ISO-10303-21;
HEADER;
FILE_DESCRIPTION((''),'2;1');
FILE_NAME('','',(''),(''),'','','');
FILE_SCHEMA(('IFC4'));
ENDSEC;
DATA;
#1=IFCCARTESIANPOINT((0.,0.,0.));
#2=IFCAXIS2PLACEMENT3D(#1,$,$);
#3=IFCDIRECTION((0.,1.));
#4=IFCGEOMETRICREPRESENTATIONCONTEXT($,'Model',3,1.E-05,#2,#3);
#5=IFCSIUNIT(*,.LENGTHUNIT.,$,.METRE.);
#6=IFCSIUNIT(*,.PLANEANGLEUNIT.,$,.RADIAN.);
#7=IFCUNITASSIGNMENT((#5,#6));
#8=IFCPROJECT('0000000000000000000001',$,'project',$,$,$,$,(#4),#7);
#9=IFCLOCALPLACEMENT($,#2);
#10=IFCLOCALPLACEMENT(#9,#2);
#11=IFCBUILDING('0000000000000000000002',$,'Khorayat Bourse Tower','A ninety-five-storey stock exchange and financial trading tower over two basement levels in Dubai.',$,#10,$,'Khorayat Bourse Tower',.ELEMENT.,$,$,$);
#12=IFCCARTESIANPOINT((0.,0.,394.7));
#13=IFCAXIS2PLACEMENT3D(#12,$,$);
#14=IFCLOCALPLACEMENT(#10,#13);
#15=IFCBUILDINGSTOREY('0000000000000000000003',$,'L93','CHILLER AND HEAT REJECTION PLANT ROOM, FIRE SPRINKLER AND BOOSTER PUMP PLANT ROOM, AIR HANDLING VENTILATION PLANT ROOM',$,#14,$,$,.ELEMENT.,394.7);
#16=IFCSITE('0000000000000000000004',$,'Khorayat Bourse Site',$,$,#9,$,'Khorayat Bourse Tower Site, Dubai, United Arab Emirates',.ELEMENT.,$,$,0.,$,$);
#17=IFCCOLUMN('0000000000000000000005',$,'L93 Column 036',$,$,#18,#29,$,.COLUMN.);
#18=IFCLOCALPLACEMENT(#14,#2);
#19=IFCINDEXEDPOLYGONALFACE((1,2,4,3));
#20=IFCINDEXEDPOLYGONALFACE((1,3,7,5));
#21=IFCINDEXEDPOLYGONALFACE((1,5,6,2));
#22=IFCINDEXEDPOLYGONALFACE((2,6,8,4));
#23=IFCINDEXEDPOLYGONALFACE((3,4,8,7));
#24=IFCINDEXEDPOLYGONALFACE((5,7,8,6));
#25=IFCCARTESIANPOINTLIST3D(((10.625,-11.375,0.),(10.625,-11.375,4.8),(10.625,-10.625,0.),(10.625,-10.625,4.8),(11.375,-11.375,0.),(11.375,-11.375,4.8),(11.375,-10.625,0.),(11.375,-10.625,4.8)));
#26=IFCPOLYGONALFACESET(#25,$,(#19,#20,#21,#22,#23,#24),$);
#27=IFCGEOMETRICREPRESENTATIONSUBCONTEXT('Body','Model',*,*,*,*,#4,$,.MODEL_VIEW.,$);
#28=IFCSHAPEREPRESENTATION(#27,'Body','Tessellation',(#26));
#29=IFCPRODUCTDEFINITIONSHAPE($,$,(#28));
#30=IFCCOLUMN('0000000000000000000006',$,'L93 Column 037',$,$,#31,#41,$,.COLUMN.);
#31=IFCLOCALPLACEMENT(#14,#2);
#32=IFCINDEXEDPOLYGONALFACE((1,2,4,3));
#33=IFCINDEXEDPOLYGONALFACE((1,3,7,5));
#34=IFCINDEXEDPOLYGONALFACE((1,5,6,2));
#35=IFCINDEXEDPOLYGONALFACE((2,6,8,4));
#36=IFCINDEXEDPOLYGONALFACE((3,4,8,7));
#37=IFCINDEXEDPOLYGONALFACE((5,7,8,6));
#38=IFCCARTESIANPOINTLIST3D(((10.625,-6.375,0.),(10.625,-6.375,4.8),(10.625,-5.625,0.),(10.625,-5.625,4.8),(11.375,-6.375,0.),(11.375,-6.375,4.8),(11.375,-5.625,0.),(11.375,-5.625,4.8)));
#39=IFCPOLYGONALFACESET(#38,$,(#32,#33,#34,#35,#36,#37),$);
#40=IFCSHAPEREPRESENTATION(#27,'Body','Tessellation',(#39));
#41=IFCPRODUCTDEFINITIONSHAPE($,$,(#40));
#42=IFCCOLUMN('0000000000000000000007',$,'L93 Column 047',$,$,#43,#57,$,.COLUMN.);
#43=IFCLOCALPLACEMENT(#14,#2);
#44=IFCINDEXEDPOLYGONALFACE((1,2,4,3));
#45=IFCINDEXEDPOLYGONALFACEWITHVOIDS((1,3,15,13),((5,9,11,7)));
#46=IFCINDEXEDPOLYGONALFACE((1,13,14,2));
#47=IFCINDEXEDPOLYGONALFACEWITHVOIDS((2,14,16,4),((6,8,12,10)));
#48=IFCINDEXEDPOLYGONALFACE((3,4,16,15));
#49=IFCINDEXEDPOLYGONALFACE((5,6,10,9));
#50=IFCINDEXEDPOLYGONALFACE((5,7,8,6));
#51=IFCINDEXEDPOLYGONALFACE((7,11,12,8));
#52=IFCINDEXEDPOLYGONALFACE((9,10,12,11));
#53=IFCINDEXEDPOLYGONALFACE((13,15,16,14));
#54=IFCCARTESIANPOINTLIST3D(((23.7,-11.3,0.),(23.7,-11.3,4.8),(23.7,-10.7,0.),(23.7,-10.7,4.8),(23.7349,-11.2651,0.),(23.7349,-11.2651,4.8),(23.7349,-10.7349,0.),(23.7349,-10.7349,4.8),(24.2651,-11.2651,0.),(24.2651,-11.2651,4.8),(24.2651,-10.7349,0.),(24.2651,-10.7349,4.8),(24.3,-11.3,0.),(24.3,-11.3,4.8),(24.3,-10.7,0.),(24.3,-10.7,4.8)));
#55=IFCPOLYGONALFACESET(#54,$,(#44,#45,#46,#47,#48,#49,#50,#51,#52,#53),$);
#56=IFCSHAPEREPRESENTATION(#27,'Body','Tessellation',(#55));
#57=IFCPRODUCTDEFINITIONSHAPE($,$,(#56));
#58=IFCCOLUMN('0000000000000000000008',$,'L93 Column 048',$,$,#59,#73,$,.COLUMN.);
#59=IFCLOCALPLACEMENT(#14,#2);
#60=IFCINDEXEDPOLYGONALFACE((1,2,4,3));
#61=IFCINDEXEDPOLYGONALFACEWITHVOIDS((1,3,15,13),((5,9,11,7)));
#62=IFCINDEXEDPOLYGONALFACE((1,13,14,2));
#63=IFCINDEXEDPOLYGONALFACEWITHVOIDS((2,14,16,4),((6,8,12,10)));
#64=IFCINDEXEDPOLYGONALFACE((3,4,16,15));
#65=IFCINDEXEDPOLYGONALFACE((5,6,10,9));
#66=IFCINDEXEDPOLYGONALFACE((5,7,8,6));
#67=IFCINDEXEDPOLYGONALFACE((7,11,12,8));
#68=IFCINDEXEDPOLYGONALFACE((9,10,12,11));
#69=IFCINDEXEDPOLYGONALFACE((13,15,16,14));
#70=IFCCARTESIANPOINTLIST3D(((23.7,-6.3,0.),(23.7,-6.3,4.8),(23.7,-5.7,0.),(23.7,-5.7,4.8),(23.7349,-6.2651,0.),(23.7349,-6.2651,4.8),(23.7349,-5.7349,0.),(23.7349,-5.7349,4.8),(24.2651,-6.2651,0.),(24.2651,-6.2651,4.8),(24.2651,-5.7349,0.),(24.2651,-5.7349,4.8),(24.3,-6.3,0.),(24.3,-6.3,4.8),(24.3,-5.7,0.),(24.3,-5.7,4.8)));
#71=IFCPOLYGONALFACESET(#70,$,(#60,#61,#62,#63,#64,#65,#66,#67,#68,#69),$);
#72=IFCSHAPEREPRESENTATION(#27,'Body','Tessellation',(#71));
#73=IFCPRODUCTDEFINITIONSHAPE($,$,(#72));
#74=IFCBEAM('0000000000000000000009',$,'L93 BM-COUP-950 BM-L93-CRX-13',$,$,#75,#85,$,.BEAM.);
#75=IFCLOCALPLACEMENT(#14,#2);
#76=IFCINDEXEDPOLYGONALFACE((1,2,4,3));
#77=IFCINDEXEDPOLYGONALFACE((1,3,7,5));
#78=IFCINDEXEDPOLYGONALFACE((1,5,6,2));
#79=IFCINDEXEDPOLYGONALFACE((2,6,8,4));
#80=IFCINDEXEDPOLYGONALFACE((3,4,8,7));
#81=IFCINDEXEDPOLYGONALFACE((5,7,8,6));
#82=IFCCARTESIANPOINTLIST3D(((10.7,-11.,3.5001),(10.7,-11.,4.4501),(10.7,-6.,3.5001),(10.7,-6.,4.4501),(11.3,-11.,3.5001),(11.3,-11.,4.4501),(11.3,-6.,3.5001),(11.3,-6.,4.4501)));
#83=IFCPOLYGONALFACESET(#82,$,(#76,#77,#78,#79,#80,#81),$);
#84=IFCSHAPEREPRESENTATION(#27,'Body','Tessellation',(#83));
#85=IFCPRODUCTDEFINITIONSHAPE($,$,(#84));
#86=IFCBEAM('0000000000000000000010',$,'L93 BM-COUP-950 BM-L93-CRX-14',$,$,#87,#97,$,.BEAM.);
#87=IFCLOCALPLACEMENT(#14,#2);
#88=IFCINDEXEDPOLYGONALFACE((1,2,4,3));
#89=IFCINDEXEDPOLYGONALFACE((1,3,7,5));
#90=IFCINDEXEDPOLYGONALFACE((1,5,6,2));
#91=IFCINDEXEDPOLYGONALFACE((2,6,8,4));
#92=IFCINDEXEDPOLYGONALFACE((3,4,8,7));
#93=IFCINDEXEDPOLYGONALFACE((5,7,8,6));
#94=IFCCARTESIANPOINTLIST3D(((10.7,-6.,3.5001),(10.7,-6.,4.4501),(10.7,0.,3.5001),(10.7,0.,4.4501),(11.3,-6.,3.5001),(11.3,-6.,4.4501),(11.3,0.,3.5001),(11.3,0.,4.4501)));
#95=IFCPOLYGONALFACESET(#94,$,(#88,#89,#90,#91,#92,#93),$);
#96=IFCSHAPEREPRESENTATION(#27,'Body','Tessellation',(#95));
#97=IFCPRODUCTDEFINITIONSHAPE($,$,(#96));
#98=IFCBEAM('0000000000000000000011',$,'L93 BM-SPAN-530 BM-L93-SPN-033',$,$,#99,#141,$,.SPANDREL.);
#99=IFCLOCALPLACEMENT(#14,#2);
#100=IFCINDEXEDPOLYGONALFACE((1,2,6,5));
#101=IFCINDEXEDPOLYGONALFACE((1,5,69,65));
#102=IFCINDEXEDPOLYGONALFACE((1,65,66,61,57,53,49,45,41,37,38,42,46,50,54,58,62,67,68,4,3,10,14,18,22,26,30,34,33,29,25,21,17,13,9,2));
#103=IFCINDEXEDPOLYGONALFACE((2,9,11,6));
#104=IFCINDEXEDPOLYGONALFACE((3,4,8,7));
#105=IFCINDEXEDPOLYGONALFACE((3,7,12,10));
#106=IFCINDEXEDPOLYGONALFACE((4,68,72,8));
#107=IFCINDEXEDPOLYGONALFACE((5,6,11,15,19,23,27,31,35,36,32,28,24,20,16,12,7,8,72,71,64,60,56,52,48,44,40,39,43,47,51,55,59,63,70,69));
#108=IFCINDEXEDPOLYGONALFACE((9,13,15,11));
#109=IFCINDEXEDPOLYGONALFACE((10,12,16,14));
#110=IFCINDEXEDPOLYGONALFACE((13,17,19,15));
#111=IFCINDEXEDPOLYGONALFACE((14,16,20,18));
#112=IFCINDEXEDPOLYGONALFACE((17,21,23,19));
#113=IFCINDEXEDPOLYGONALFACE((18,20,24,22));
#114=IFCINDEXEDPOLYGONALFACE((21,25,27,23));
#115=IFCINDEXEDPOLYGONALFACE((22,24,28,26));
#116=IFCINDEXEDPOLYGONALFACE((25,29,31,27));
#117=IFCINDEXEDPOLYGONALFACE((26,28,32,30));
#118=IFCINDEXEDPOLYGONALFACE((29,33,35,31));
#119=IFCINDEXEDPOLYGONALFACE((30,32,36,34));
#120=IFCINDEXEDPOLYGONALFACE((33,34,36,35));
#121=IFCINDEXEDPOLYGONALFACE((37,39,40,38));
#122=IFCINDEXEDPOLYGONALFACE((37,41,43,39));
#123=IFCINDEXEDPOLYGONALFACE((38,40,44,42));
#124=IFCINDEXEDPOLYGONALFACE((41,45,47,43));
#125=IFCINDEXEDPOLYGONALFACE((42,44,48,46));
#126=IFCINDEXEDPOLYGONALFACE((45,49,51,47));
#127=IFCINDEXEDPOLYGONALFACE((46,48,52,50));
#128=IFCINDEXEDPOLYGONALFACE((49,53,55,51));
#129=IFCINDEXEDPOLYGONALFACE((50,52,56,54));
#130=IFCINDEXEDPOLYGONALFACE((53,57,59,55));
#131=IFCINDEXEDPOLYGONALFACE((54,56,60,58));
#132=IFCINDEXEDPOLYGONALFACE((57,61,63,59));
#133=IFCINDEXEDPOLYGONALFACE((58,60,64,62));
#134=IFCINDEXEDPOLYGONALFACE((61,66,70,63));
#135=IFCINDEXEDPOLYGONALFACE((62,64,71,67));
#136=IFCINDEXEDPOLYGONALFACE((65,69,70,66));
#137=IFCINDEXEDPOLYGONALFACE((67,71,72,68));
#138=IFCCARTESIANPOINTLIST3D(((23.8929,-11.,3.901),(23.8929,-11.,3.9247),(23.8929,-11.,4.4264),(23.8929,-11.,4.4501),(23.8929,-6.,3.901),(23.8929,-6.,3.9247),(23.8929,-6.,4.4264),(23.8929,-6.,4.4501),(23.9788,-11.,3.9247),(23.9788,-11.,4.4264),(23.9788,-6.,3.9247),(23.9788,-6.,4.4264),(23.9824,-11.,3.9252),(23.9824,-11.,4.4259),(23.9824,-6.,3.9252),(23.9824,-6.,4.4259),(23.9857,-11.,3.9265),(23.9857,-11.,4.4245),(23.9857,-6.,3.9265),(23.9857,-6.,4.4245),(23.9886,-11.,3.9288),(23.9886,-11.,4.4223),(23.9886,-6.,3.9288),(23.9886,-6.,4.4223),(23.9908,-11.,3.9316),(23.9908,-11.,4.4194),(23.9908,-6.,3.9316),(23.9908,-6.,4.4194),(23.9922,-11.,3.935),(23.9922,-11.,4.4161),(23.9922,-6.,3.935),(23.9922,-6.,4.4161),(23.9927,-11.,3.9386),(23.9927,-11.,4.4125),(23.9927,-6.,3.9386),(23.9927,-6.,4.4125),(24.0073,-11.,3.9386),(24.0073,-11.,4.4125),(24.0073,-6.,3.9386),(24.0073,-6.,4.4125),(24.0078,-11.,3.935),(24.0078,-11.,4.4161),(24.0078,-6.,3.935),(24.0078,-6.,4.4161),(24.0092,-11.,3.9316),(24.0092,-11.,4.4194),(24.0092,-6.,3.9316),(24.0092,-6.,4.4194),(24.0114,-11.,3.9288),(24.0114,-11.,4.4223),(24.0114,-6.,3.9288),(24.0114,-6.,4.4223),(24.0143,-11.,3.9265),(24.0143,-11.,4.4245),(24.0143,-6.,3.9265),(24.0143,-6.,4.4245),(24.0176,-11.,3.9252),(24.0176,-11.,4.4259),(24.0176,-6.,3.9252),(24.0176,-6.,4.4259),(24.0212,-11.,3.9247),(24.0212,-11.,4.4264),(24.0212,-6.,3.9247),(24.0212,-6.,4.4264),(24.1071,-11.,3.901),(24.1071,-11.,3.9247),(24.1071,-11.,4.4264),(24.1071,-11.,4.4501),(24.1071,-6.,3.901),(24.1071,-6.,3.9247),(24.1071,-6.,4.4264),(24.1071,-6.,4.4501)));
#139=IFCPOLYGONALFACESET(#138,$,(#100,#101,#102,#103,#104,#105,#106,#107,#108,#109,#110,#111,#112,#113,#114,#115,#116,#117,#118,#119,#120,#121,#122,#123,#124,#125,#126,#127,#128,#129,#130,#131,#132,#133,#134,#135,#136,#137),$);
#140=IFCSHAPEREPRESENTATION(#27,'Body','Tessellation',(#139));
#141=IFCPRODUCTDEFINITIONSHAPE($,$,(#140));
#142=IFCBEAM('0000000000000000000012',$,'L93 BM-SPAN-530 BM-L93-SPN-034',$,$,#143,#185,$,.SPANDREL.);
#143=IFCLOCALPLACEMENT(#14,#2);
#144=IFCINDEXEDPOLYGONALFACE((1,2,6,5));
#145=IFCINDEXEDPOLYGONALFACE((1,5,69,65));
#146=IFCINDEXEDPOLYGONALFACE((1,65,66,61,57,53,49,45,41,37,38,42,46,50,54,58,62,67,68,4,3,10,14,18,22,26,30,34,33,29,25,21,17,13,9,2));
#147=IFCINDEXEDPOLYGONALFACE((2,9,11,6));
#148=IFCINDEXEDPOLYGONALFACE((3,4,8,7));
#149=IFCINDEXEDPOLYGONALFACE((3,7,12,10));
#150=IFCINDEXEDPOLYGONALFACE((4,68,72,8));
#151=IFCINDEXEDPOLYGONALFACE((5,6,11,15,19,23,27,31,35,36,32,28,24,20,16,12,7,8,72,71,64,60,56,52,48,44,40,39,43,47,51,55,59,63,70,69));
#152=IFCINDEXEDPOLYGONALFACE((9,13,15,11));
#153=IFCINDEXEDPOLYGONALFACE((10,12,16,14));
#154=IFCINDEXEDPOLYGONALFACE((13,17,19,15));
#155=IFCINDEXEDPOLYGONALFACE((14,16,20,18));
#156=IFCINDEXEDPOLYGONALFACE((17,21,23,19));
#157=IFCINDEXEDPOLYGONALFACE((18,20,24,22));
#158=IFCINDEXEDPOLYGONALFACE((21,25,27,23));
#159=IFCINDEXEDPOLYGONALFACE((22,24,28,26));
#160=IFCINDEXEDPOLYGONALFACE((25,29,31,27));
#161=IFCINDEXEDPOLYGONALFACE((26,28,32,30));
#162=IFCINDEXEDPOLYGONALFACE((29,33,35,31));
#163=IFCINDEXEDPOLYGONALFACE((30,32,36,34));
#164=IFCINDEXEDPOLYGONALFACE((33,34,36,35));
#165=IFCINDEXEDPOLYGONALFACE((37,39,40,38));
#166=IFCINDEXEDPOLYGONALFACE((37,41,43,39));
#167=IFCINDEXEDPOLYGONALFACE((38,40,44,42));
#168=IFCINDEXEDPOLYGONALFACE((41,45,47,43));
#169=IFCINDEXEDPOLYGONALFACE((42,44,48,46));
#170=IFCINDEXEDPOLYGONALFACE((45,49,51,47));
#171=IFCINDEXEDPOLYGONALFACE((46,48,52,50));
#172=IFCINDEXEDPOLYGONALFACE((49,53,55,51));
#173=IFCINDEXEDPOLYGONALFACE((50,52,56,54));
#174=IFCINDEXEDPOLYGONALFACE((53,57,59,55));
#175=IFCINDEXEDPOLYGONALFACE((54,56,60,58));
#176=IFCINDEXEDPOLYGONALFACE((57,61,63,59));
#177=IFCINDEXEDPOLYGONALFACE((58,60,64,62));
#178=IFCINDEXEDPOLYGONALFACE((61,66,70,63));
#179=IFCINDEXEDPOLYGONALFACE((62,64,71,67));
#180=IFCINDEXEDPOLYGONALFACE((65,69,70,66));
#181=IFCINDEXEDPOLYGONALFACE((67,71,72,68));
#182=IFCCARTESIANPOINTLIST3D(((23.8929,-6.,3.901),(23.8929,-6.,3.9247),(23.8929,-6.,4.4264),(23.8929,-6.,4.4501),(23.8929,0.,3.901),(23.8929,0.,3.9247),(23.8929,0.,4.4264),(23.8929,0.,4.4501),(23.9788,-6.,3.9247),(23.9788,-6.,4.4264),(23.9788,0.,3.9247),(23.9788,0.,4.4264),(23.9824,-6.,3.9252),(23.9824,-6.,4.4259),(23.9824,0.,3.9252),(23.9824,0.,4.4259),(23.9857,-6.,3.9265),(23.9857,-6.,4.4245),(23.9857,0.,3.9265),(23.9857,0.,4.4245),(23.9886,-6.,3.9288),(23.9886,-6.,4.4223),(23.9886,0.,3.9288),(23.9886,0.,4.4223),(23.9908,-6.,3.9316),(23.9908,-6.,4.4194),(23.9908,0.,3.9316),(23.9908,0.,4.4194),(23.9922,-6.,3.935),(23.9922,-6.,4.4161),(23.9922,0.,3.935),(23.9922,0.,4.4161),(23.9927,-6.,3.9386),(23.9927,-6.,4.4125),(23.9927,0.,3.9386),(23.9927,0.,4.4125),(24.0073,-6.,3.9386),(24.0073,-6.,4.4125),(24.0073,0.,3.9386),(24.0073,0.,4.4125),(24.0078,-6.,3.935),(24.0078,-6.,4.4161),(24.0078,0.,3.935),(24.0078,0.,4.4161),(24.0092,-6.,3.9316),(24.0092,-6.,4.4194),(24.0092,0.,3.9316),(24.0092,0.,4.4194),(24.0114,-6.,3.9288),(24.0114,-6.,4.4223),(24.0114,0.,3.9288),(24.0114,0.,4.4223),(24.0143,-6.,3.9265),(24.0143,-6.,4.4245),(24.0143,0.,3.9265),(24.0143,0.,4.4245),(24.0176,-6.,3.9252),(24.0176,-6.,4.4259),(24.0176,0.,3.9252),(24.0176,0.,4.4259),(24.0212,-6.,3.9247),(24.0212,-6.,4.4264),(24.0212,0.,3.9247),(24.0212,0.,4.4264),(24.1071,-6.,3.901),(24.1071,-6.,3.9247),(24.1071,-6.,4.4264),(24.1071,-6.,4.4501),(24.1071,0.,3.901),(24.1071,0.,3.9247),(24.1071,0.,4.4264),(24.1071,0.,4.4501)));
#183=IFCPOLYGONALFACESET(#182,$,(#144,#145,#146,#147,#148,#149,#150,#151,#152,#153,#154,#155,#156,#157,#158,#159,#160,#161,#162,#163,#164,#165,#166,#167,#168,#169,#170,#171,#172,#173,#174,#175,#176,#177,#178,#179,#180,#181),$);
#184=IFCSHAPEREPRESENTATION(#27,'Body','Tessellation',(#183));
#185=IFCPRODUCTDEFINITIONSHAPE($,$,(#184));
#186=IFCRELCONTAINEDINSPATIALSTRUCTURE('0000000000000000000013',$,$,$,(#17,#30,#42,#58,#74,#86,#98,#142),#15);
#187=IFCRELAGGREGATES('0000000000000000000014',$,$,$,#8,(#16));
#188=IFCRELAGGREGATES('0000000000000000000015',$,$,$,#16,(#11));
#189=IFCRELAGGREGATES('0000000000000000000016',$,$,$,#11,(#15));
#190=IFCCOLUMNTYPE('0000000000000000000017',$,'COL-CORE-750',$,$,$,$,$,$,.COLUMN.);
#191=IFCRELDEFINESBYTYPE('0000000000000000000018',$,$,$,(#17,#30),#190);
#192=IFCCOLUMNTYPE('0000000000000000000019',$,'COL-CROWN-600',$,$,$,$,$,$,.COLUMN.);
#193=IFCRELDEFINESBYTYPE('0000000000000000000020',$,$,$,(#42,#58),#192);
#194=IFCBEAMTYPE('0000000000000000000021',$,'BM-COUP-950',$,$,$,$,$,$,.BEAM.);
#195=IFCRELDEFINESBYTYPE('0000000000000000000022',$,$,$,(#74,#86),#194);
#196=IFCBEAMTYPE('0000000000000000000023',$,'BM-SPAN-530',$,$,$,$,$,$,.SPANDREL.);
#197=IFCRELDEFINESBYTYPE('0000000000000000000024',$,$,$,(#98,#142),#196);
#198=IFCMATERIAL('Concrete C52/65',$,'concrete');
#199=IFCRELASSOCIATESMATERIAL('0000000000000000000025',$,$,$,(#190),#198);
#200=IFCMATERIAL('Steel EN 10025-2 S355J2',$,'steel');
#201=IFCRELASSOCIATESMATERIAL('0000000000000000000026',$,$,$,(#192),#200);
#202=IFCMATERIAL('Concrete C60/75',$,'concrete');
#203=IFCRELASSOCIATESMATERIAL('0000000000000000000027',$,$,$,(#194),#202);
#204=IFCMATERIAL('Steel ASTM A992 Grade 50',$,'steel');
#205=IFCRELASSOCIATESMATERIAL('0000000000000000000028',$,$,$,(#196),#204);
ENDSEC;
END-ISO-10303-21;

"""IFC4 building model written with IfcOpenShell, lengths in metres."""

from ifc_helpers import new_model, si_unit, direction, frame, origin, origin_2d, place, context, subcontext, project, spatial, rectangle, hollow_rectangle, i_section, extrude, source, transform, mapped, material, material_profile, profile_set, type_object, element, save


model = new_model("IFC4")

# Units and contexts
model_context = context("Model", 3, precision=1e-05, world=origin(), true_north=direction((0.0, 1.0)))
body_context = subcontext(model_context, "Body", "Model", "MODEL_VIEW")
ifc_project = project(units=[si_unit("LENGTHUNIT", "METRE"), si_unit("PLANEANGLEUNIT", "RADIAN")], contexts=[model_context])

# Site, building, storey
site_placement = place(None, origin())
site = spatial("IfcSite", under=ifc_project, at=site_placement, Name="Khorayat Bourse Site", LongName="Khorayat Bourse Tower Site, Dubai, United Arab Emirates", CompositionType="ELEMENT", RefElevation=0.0)
building_placement = place(site_placement, origin())
building = spatial("IfcBuilding", under=site, at=building_placement, Name="Khorayat Bourse Tower", Description="A ninety-five-storey stock exchange and financial trading tower over two basement levels in Dubai.", LongName="Khorayat Bourse Tower", CompositionType="ELEMENT")
storey_placement = place(building_placement, frame((0.0, 0.0, 394.7)))
storey = spatial("IfcBuildingStorey", under=building, at=storey_placement, Name="L93", Description="CHILLER AND HEAT REJECTION PLANT ROOM, FIRE SPRINKLER AND BOOSTER PUMP PLANT ROOM, AIR HANDLING VENTILATION PLANT ROOM", CompositionType="ELEMENT", Elevation=394.7)

# Columns
ifc_material_1 = material(Name="Concrete C52/65", Category="concrete")
ifc_material_profile_1 = material_profile(ifc_material_1, rectangle(XDim=0.75, YDim=0.75, at=origin_2d()), Name="RC 750x750")
ifc_profile_set_1 = profile_set([ifc_material_profile_1], Name="Concrete C52/65")
column_type_1 = type_object("IfcColumnType", Name="COL-CORE-750", PredefinedType="COLUMN", material=ifc_profile_set_1)
shared_shape_1 = source(origin(), body_context, "Body", "SweptSolid", [
    extrude(rectangle(XDim=0.75, YDim=0.75, at=origin_2d()), origin(), (0.0, 0.0, 1.0), 4.8),
])
for number, where, z_axis, x_axis, name in (
    (1, (11.0, -11.0, 0.0), (0.0, 0.0, 1.0), (1.0, 0.0, 0.0), "L93 Column 036"),
    (2, (11.0, -6.0, 0.0), (0.0, 0.0, 1.0), (1.0, 0.0, 0.0), "L93 Column 037"),
):
    element("IfcColumn", number, at=place(storey_placement, frame(where, z_axis=z_axis, x_axis=x_axis)), inside=storey, type_object=column_type_1, Name=name, PredefinedType="COLUMN", context=body_context, shape_type="MappedRepresentation", body=[
        mapped(shared_shape_1, transform((0.0, 0.0, 0.0), scale=1.0)),
    ])
ifc_material_2 = material(Name="Steel EN 10025-2 S355J2", Category="steel")
ifc_material_profile_2 = material_profile(ifc_material_2, hollow_rectangle(XDim=0.6001, YDim=0.6001, WallThickness=0.0349, at=origin_2d()), Name="BOX 600x600x35")
ifc_profile_set_2 = profile_set([ifc_material_profile_2], Name="Steel EN 10025-2 S355J2")
column_type_2 = type_object("IfcColumnType", Name="COL-CROWN-600", PredefinedType="COLUMN", material=ifc_profile_set_2)
shared_shape_2 = source(origin(), body_context, "Body", "SweptSolid", [
    extrude(hollow_rectangle(XDim=0.6001, YDim=0.6001, WallThickness=0.0349, at=origin_2d()), origin(), (0.0, 0.0, 1.0), 4.8),
])
for number, where, z_axis, x_axis, name in (
    (3, (24.0, -11.0, 0.0), (0.0, 0.0, 1.0), (1.0, 0.0, 0.0), "L93 Column 047"),
    (4, (24.0, -6.0, 0.0), (0.0, 0.0, 1.0), (1.0, 0.0, 0.0), "L93 Column 048"),
):
    element("IfcColumn", number, at=place(storey_placement, frame(where, z_axis=z_axis, x_axis=x_axis)), inside=storey, type_object=column_type_2, Name=name, PredefinedType="COLUMN", context=body_context, shape_type="MappedRepresentation", body=[
        mapped(shared_shape_2, transform((0.0, 0.0, 0.0), scale=1.0)),
    ])

# Beams
ifc_material_3 = material(Name="Concrete C60/75", Category="concrete")
ifc_material_profile_3 = material_profile(ifc_material_3, rectangle(XDim=0.6001, YDim=0.95, at=origin_2d()), Name="RC 600x950")
ifc_profile_set_3 = profile_set([ifc_material_profile_3], Name="Concrete C60/75")
beam_type_1 = type_object("IfcBeamType", Name="BM-COUP-950", PredefinedType="BEAM", material=ifc_profile_set_3)
shared_shape_3 = source(origin(), body_context, "Body", "SweptSolid", [
    extrude(rectangle(XDim=0.6001, YDim=0.95, at=origin_2d()), origin(), (0.0, 0.0, 1.0), 5.0),
])
beam_1_placement = place(storey_placement, frame((11.0, -11.0, 3.9751), z_axis=(0.0, 1.0, 0.0), x_axis=(-1.0, 0.0, 0.0)))
element("IfcBeam", 5, at=beam_1_placement, inside=storey, type_object=beam_type_1, Name="L93 BM-COUP-950 BM-L93-CRX-13", PredefinedType="BEAM", context=body_context, shape_type="MappedRepresentation", body=[
    mapped(shared_shape_3, transform((0.0, 0.0, 0.0), scale=1.0)),
])
shared_shape_4 = source(origin(), body_context, "Body", "SweptSolid", [
    extrude(rectangle(XDim=0.6001, YDim=0.95, at=origin_2d()), origin(), (0.0, 0.0, 1.0), 6.0),
])
beam_2_placement = place(storey_placement, frame((11.0, -6.0, 3.9751), z_axis=(0.0, 1.0, 0.0), x_axis=(-1.0, 0.0, 0.0)))
element("IfcBeam", 6, at=beam_2_placement, inside=storey, type_object=beam_type_1, Name="L93 BM-COUP-950 BM-L93-CRX-14", PredefinedType="BEAM", context=body_context, shape_type="MappedRepresentation", body=[
    mapped(shared_shape_4, transform((0.0, 0.0, 0.0), scale=1.0)),
])
ifc_material_4 = material(Name="Steel ASTM A992 Grade 50", Category="steel")
ifc_material_profile_4 = material_profile(ifc_material_4, i_section(OverallWidth=0.2141, OverallDepth=0.5491, WebThickness=0.0146, FlangeThickness=0.0237, FilletRadius=0.0139, at=origin_2d()), Name="W530X138")
ifc_profile_set_4 = profile_set([ifc_material_profile_4], Name="Steel ASTM A992 Grade 50")
beam_type_2 = type_object("IfcBeamType", Name="BM-SPAN-530", PredefinedType="SPANDREL", material=ifc_profile_set_4)
shared_shape_5 = source(origin(), body_context, "Body", "SweptSolid", [
    extrude(i_section(OverallWidth=0.2141, OverallDepth=0.5491, WebThickness=0.0146, FlangeThickness=0.0237, FilletRadius=0.0139, at=origin_2d()), origin(), (0.0, 0.0, 1.0), 5.0),
])
beam_3_placement = place(storey_placement, frame((24.0, -11.0, 4.1755), z_axis=(0.0, 1.0, 0.0), x_axis=(-1.0, 0.0, 0.0)))
element("IfcBeam", 7, at=beam_3_placement, inside=storey, type_object=beam_type_2, Name="L93 BM-SPAN-530 BM-L93-SPN-033", PredefinedType="SPANDREL", context=body_context, shape_type="MappedRepresentation", body=[
    mapped(shared_shape_5, transform((0.0, 0.0, 0.0), scale=1.0)),
])
shared_shape_6 = source(origin(), body_context, "Body", "SweptSolid", [
    extrude(i_section(OverallWidth=0.2141, OverallDepth=0.5491, WebThickness=0.0146, FlangeThickness=0.0237, FilletRadius=0.0139, at=origin_2d()), origin(), (0.0, 0.0, 1.0), 6.0),
])
beam_4_placement = place(storey_placement, frame((24.0, -6.0, 4.1755), z_axis=(0.0, 1.0, 0.0), x_axis=(-1.0, 0.0, 0.0)))
element("IfcBeam", 8, at=beam_4_placement, inside=storey, type_object=beam_type_2, Name="L93 BM-SPAN-530 BM-L93-SPN-034", PredefinedType="SPANDREL", context=body_context, shape_type="MappedRepresentation", body=[
    mapped(shared_shape_6, transform((0.0, 0.0, 0.0), scale=1.0)),
])

save(model, "model.ifc")
